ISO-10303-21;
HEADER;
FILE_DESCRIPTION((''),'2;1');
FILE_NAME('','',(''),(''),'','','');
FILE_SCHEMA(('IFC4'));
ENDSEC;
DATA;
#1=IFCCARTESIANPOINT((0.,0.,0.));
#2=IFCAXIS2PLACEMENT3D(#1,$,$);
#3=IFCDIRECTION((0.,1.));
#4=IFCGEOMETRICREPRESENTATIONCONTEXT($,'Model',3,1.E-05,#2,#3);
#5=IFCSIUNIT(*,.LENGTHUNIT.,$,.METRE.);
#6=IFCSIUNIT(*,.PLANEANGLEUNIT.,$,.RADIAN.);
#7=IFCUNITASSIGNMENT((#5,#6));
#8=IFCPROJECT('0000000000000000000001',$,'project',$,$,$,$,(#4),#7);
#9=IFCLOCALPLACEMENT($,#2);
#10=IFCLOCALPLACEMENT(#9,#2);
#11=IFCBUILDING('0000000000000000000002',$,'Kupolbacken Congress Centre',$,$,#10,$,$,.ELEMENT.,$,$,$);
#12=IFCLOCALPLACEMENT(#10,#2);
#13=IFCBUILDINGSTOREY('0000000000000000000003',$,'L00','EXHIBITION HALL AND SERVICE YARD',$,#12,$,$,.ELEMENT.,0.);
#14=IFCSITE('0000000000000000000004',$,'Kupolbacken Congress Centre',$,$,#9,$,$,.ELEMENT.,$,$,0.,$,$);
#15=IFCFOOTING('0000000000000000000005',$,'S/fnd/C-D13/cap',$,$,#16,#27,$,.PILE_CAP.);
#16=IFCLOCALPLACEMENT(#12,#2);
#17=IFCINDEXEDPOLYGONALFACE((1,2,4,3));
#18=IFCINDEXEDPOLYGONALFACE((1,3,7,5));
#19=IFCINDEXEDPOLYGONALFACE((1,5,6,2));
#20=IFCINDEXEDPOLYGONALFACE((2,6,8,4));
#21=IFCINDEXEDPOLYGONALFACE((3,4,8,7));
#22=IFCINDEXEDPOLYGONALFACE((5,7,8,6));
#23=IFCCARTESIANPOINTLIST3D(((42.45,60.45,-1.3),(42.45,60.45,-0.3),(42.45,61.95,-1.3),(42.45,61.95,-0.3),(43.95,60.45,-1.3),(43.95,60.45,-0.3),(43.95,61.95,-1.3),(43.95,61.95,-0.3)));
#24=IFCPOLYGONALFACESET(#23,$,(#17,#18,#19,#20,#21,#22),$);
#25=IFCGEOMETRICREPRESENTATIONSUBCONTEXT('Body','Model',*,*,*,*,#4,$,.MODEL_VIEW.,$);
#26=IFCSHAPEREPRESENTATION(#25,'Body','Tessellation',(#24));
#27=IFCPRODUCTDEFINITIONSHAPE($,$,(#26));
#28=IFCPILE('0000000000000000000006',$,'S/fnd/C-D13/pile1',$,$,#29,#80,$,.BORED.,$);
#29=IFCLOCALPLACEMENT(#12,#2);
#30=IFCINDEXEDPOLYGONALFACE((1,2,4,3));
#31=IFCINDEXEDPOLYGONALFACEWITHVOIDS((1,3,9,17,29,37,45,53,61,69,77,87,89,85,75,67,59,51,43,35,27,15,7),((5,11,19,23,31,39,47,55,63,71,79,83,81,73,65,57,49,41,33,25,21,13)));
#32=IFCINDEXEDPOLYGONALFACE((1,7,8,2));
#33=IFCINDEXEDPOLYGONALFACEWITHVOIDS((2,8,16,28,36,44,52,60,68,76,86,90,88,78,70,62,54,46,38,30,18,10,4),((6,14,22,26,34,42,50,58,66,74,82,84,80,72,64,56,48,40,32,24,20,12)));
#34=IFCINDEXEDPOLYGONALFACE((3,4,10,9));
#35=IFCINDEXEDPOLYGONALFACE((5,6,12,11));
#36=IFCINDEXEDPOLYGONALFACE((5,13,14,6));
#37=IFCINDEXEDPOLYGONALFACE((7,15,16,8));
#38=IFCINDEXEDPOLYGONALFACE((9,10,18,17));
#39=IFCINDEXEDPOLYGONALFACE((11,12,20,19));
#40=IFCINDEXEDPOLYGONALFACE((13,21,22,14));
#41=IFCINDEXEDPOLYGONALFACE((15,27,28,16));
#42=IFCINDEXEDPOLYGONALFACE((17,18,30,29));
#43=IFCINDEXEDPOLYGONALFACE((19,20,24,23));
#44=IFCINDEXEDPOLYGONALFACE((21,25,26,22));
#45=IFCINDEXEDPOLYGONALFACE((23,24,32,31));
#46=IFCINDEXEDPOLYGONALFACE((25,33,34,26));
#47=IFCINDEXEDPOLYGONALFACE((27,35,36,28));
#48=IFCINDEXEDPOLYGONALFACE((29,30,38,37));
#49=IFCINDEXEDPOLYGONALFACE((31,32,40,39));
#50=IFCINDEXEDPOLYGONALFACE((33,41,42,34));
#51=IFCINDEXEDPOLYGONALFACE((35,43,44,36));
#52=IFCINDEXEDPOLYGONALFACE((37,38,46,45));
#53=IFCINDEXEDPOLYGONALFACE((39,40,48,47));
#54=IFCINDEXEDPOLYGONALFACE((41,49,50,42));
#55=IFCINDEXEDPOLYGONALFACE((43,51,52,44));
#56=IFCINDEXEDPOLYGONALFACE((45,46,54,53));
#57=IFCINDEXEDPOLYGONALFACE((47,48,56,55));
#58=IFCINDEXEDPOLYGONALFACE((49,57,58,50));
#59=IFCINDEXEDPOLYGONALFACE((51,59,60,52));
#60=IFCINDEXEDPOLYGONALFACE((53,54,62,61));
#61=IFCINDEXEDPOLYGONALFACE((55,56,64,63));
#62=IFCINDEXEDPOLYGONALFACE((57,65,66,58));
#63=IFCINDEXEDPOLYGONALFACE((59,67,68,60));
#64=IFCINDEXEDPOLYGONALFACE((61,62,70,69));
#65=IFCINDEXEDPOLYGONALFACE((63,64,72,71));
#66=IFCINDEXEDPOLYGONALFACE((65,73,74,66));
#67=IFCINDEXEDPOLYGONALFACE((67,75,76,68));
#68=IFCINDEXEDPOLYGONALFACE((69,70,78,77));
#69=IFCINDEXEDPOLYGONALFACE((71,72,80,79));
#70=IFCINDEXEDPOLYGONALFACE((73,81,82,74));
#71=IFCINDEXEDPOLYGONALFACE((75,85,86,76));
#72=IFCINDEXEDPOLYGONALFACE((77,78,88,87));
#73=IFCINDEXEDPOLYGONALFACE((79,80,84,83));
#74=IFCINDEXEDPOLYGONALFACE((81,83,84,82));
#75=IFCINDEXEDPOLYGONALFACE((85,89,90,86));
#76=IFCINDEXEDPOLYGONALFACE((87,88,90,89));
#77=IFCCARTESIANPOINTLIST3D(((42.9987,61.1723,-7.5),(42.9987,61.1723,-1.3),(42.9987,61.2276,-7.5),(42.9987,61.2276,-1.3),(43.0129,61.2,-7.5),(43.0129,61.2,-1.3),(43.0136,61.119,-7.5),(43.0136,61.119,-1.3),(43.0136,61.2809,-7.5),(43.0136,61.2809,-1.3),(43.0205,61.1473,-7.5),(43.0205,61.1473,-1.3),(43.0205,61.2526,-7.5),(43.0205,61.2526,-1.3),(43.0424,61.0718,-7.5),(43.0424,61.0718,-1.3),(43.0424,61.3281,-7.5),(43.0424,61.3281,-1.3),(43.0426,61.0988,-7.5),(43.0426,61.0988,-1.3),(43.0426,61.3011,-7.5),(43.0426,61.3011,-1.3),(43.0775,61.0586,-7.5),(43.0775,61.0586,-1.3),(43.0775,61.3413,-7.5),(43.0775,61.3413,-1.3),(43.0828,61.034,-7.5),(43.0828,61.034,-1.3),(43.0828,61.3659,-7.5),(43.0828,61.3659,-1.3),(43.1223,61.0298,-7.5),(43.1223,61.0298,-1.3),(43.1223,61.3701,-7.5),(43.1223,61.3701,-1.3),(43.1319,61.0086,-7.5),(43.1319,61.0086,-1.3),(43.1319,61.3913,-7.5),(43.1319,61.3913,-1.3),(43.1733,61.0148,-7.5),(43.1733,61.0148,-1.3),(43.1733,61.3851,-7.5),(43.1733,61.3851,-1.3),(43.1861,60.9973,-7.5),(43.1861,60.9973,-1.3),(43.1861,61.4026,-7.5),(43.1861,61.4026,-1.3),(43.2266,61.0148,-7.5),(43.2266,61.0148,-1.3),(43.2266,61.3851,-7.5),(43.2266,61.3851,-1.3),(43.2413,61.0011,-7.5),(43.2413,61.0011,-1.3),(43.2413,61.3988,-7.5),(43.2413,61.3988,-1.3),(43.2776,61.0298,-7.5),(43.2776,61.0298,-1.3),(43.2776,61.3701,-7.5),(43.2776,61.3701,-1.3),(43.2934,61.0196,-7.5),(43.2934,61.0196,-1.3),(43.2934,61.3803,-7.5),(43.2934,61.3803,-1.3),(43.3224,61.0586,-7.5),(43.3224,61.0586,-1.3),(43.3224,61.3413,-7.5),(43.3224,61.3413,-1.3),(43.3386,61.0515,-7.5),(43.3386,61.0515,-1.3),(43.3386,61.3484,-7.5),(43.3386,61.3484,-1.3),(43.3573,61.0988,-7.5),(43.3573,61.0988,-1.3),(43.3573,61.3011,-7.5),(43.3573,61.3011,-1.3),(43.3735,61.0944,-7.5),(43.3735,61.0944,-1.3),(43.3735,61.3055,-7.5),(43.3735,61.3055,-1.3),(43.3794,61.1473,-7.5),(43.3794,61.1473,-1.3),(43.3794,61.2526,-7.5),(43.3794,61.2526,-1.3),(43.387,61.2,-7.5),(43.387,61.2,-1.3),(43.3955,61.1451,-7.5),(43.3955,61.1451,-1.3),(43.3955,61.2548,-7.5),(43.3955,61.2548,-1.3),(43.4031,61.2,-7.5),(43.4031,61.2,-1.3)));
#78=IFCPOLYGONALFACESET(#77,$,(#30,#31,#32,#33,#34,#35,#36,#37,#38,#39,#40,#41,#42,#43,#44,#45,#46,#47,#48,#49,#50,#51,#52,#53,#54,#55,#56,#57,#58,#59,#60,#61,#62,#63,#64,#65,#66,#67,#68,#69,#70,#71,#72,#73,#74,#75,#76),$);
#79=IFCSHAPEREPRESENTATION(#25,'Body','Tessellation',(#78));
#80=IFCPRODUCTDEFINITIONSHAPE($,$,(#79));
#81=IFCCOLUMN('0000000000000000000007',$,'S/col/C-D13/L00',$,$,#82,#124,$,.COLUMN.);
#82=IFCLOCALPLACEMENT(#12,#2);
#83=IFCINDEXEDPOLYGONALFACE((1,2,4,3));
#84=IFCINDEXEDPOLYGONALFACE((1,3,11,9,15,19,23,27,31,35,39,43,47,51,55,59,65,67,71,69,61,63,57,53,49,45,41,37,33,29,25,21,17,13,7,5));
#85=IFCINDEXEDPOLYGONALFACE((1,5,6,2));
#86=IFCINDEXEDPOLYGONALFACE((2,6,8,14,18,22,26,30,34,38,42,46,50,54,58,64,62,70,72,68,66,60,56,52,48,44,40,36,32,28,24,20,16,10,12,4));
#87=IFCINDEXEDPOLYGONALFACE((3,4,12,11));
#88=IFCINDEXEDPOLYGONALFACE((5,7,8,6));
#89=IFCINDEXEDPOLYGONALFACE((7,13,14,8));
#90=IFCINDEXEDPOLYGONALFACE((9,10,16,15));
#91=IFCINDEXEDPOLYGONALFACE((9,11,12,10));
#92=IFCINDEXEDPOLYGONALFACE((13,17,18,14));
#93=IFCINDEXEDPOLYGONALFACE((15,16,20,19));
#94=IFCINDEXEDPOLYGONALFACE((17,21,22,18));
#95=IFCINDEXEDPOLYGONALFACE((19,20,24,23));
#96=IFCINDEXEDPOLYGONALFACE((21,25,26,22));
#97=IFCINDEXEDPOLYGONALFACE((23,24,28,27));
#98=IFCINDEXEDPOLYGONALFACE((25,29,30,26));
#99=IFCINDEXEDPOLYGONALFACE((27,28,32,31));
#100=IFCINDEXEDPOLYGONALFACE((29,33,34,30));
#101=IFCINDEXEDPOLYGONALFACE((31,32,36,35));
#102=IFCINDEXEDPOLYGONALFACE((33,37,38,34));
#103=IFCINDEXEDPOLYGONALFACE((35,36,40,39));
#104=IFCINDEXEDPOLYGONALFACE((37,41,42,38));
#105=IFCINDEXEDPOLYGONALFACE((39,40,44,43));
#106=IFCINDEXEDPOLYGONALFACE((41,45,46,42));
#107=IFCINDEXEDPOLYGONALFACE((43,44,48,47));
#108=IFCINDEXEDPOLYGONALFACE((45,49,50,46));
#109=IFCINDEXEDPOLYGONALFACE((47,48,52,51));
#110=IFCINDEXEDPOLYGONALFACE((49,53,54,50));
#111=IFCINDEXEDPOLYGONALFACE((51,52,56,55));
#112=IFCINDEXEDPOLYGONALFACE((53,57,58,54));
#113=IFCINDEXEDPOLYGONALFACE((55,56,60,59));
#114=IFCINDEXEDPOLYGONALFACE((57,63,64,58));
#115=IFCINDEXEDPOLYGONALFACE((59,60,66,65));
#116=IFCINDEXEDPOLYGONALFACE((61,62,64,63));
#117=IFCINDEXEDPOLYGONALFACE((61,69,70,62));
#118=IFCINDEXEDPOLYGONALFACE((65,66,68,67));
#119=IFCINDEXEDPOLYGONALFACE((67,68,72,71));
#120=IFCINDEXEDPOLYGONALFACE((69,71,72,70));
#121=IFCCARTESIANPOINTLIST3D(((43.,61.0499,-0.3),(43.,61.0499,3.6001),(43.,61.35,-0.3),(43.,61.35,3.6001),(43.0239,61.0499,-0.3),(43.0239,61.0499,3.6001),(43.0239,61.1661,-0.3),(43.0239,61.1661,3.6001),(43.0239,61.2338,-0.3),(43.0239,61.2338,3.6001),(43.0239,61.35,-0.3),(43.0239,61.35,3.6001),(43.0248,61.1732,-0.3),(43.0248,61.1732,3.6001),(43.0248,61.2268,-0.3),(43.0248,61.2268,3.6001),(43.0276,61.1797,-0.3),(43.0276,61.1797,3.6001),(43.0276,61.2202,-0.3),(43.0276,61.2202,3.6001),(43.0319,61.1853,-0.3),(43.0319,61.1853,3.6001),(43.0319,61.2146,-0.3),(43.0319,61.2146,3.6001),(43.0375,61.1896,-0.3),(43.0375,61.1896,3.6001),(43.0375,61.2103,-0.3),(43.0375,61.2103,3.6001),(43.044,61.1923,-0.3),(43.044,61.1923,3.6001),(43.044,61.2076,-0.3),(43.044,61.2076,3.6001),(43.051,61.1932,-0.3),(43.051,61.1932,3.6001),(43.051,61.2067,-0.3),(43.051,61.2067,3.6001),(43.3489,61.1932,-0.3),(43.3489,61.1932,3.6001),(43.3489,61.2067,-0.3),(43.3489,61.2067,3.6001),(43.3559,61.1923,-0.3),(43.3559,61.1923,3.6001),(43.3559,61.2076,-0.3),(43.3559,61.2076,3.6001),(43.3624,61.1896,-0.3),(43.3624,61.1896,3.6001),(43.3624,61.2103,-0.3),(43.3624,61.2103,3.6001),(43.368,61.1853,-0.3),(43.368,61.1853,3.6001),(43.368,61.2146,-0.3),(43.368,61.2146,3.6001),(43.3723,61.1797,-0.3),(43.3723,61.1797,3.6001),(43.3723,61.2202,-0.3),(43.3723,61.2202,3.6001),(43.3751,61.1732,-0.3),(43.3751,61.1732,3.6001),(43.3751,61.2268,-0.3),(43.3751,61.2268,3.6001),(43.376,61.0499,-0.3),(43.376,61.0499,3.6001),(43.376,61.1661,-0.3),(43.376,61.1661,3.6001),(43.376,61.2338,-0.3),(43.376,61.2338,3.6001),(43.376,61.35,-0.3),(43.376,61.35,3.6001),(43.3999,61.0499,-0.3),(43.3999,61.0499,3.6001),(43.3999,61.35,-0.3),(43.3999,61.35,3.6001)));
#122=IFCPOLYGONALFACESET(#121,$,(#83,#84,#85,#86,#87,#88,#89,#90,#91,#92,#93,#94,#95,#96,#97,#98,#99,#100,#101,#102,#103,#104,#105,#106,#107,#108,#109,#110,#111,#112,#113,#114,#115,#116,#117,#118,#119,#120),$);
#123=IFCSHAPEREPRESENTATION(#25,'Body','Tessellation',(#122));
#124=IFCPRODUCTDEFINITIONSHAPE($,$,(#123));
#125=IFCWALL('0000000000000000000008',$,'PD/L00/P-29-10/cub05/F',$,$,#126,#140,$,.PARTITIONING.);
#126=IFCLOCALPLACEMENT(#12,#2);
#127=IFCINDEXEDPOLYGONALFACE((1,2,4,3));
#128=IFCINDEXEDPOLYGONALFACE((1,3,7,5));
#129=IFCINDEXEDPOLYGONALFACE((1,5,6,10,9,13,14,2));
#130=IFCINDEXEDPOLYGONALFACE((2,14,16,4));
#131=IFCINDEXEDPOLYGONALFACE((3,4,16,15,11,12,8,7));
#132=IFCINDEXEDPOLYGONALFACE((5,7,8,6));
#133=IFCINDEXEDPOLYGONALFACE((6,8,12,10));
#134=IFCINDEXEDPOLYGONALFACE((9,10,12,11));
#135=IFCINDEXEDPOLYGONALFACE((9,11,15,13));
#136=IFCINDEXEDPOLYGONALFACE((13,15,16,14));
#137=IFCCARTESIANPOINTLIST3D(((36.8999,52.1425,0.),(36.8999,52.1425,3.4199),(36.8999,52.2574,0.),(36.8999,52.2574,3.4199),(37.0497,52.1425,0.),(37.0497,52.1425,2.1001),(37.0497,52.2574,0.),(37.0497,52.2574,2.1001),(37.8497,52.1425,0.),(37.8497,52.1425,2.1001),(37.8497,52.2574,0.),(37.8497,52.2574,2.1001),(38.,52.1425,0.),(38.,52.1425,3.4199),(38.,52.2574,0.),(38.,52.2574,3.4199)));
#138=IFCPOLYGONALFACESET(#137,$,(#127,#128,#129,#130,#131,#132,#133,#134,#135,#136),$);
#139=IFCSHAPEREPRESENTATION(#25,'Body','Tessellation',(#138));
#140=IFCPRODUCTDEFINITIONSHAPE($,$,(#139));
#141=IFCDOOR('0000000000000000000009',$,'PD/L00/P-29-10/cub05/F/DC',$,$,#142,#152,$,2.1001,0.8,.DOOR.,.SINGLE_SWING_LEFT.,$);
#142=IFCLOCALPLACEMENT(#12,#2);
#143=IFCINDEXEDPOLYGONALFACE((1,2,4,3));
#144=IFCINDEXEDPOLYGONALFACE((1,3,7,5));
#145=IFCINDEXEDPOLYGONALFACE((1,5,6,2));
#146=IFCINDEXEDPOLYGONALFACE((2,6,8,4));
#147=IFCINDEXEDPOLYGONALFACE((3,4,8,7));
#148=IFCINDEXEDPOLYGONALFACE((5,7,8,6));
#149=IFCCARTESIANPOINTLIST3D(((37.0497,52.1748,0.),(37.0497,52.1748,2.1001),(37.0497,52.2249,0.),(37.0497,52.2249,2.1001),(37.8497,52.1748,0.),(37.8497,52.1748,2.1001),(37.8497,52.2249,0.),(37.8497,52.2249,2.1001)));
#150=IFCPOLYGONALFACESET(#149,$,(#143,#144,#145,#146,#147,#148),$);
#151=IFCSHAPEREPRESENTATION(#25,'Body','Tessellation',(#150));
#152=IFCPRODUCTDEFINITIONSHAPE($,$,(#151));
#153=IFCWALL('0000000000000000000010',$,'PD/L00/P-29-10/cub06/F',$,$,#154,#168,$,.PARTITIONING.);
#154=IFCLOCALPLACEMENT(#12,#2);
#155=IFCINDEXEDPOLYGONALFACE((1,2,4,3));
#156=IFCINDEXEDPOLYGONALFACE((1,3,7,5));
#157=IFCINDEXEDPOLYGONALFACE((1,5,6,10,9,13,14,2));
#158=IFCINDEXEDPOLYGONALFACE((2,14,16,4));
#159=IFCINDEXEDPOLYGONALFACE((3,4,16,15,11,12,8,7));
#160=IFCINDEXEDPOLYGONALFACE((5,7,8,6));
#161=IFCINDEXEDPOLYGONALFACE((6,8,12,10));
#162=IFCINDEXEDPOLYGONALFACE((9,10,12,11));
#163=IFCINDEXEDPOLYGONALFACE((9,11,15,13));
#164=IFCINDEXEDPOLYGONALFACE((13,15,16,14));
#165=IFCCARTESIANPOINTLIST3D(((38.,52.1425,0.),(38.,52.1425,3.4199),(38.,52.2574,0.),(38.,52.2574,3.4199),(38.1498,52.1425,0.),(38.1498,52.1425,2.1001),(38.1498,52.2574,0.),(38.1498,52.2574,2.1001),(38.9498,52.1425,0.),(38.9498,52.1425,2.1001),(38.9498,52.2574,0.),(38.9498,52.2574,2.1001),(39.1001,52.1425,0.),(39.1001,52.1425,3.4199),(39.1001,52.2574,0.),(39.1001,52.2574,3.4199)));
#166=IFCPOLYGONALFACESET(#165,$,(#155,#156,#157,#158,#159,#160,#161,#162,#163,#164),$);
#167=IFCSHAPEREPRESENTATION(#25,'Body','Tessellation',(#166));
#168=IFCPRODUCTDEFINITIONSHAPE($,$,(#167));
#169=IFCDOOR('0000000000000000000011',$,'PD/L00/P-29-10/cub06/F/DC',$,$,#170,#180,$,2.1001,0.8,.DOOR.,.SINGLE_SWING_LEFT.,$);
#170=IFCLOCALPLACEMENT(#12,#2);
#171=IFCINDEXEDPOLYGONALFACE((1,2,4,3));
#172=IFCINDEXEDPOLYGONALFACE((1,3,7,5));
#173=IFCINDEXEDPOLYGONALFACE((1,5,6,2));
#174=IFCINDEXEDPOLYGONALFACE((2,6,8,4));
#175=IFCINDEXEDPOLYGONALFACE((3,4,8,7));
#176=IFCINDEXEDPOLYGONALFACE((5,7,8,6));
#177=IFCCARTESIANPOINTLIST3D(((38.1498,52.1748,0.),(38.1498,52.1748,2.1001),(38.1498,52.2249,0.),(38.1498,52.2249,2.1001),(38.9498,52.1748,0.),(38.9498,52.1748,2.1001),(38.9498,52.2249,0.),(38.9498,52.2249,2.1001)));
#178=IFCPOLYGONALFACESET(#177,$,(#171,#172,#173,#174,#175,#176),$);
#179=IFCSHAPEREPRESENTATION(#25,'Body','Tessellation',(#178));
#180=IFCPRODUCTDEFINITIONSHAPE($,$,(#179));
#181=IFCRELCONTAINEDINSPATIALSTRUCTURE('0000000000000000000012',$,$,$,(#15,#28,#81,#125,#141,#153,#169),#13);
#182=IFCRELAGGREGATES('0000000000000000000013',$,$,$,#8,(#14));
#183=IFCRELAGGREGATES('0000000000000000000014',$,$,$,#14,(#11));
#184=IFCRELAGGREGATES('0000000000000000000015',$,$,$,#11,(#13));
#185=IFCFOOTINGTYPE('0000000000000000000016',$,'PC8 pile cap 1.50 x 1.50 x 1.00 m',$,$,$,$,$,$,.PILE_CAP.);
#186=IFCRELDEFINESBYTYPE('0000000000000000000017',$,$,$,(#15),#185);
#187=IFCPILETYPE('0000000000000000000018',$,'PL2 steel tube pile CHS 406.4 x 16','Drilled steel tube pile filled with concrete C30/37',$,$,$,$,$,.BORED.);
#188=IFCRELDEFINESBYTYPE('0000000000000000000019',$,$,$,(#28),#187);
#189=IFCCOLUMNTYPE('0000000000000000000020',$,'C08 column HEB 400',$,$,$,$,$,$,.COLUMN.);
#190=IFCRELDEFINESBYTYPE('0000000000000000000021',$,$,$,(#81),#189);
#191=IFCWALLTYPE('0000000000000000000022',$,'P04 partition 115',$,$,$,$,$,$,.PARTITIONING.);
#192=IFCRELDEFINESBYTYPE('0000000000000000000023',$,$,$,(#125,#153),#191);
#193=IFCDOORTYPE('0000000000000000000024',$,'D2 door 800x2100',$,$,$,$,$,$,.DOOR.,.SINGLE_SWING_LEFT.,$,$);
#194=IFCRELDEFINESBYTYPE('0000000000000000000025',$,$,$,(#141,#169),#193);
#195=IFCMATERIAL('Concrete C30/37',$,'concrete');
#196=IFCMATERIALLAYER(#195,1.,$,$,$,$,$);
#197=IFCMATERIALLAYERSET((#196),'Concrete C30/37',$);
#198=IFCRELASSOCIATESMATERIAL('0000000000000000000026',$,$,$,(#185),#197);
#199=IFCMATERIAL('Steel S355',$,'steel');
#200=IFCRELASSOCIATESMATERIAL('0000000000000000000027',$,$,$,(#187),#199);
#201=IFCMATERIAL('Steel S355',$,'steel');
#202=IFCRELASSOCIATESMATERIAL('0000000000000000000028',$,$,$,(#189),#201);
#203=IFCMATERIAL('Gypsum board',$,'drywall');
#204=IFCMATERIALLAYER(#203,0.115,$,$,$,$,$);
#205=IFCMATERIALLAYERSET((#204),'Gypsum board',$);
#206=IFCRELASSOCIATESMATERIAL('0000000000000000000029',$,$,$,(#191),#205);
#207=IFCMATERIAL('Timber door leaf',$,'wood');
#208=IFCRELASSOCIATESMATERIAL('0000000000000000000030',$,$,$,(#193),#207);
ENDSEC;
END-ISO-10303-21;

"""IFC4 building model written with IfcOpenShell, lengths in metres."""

from ifc_helpers import new_model, si_unit, direction, frame, frame_2d, origin, origin_2d, place, context, subcontext, project, spatial, rectangle, hollow_circle, i_section, extrude, material, layer, layer_set, material_profile, profile_set, type_object, element, fill, save


model = new_model("IFC4")

# Units and contexts
model_context = context("Model", 3, precision=1e-05, world=origin(), true_north=direction((0.0, 1.0)))
body_context = subcontext(model_context, "Body", "Model", "MODEL_VIEW")
ifc_project = project(units=[si_unit("LENGTHUNIT", "METRE"), si_unit("PLANEANGLEUNIT", "RADIAN")], contexts=[model_context])

# Site, building, storey
site_placement = place(None, origin())
site = spatial("IfcSite", under=ifc_project, at=site_placement, Name="Kupolbacken Congress Centre", CompositionType="ELEMENT", RefElevation=0.0)
building_placement = place(site_placement, origin())
building = spatial("IfcBuilding", under=site, at=building_placement, Name="Kupolbacken Congress Centre", CompositionType="ELEMENT")
storey_placement = place(building_placement, origin())
storey = spatial("IfcBuildingStorey", under=building, at=storey_placement, Name="L00", Description="EXHIBITION HALL AND SERVICE YARD", CompositionType="ELEMENT", Elevation=0.0)

# Footing
ifc_material_1 = material(Name="Concrete C30/37", Category="concrete")
ifc_layer_1 = layer(ifc_material_1, 1.0)
ifc_layer_set_1 = layer_set([ifc_layer_1], Name="Concrete C30/37")
footing_type = type_object("IfcFootingType", Name="PC8 pile cap 1.50 x 1.50 x 1.00 m", PredefinedType="PILE_CAP", material=ifc_layer_set_1)
footing_placement = place(storey_placement, frame((43.2, 61.2, -1.3), z_axis=(0.0, 0.0, 1.0), x_axis=(1.0, 0.0, 0.0)))
element("IfcFooting", 1, at=footing_placement, inside=storey, type_object=footing_type, Name="S/fnd/C-D13/cap", PredefinedType="PILE_CAP", context=body_context, shape_type="SweptSolid", body=[
    extrude(rectangle(XDim=1.5, YDim=1.5, at=origin_2d()), origin(), (0.0, 0.0, 1.0), 1.0),
])

# Pile
ifc_material_2 = material(Name="Steel S355", Category="steel")
ifc_material_profile_1 = material_profile(ifc_material_2, hollow_circle(Radius=0.2031, WallThickness=0.0161, at=origin_2d()), Name="CHS 406.4 x 16")
ifc_profile_set_1 = profile_set([ifc_material_profile_1], Name="Steel S355")
pile_type = type_object("IfcPileType", Name="PL2 steel tube pile CHS 406.4 x 16", Description="Drilled steel tube pile filled with concrete C30/37", PredefinedType="BORED", material=ifc_profile_set_1)
pile_placement = place(storey_placement, frame((43.2, 61.2, -1.3), z_axis=(0.0, 0.0, -1.0), x_axis=(1.0, 0.0, 0.0)))
element("IfcPile", 2, at=pile_placement, inside=storey, type_object=pile_type, Name="S/fnd/C-D13/pile1", PredefinedType="BORED", context=body_context, shape_type="SweptSolid", body=[
    extrude(hollow_circle(Radius=0.2031, WallThickness=0.0161, at=origin_2d()), origin(), (0.0, 0.0, 1.0), 6.2),
])

# Column
ifc_material_3 = material(Name="Steel S355", Category="steel")
ifc_material_profile_2 = material_profile(ifc_material_3, i_section(OverallWidth=0.3, OverallDepth=0.3999, WebThickness=0.0134, FlangeThickness=0.0239, FilletRadius=0.0271, at=origin_2d()), Name="HEB 400")
ifc_profile_set_2 = profile_set([ifc_material_profile_2], Name="Steel S355")
column_type = type_object("IfcColumnType", Name="C08 column HEB 400", PredefinedType="COLUMN", material=ifc_profile_set_2)
column_placement = place(storey_placement, frame((43.2, 61.2, -0.3), z_axis=(0.0, 0.0, 1.0), x_axis=(0.0, -1.0, 0.0)))
element("IfcColumn", 3, at=column_placement, inside=storey, type_object=column_type, Name="S/col/C-D13/L00", PredefinedType="COLUMN", context=body_context, shape_type="SweptSolid", body=[
    extrude(i_section(OverallWidth=0.3, OverallDepth=0.3999, WebThickness=0.0134, FlangeThickness=0.0239, FilletRadius=0.0271, at=origin_2d()), origin(), (0.0, 0.0, 1.0), 3.9001),
])

# Walls, openings, doors
ifc_material_4 = material(Name="Gypsum board", Category="drywall")
ifc_layer_2 = layer(ifc_material_4, 0.115)
ifc_layer_set_2 = layer_set([ifc_layer_2], Name="Gypsum board")
wall_type_1 = type_object("IfcWallType", Name="P04 partition 115", PredefinedType="PARTITIONING", material=ifc_layer_set_2)
wall_1_placement = place(storey_placement, frame((36.8999, 52.2, 0.0), z_axis=(0.0, 0.0, 1.0), x_axis=(1.0, 0.0, 0.0)))
wall_1 = element("IfcWall", 4, at=wall_1_placement, inside=storey, type_object=wall_type_1, Name="PD/L00/P-29-10/cub05/F", PredefinedType="PARTITIONING", context=body_context, shape_type="SweptSolid", body=[
    extrude(rectangle(XDim=1.1001, YDim=0.115, at=frame_2d((0.55, 0.0))), origin(), (0.0, 0.0, 1.0), 3.4199),
])
opening_1_placement = place(wall_1_placement, frame((0.1499, 0.0, 0.0)))
opening_1 = element("IfcOpeningElement", 5, at=opening_1_placement, cuts=wall_1, PredefinedType="OPENING", context=body_context, shape_type="SweptSolid", body=[
    extrude(rectangle(XDim=0.8, YDim=2.1001, at=frame_2d((0.3999, 1.05))), frame((0.0, 0.0674, 0.0), z_axis=(0.0, -1.0, 0.0), x_axis=(1.0, 0.0, 0.0)), (0.0, 0.0, 1.0), 0.135),
])
ifc_material_5 = material(Name="Timber door leaf", Category="wood")
door_type_1 = type_object("IfcDoorType", Name="D2 door 800x2100", OperationType="SINGLE_SWING_LEFT", PredefinedType="DOOR", material=ifc_material_5)
door_1_placement = place(opening_1_placement, origin())
door_1 = element("IfcDoor", 6, at=door_1_placement, inside=storey, type_object=door_type_1, Name="PD/L00/P-29-10/cub05/F/DC", OperationType="SINGLE_SWING_LEFT", OverallHeight=2.1001, OverallWidth=0.8, PredefinedType="DOOR", context=body_context, shape_type="SweptSolid", body=[
    extrude(rectangle(XDim=0.8, YDim=2.1001, at=frame_2d((0.3999, 1.05))), frame((0.0, 0.0249, 0.0), z_axis=(0.0, -1.0, 0.0), x_axis=(1.0, 0.0, 0.0)), (0.0, 0.0, 1.0), 0.05),
])
fill(opening_1, door_1)
wall_2_placement = place(storey_placement, frame((38.0, 52.2, 0.0), z_axis=(0.0, 0.0, 1.0), x_axis=(1.0, 0.0, 0.0)))
wall_2 = element("IfcWall", 7, at=wall_2_placement, inside=storey, type_object=wall_type_1, Name="PD/L00/P-29-10/cub06/F", PredefinedType="PARTITIONING", context=body_context, shape_type="SweptSolid", body=[
    extrude(rectangle(XDim=1.1001, YDim=0.115, at=frame_2d((0.55, 0.0))), origin(), (0.0, 0.0, 1.0), 3.4199),
])
opening_2_placement = place(wall_2_placement, frame((0.1499, 0.0, 0.0)))
opening_2 = element("IfcOpeningElement", 8, at=opening_2_placement, cuts=wall_2, PredefinedType="OPENING", context=body_context, shape_type="SweptSolid", body=[
    extrude(rectangle(XDim=0.8, YDim=2.1001, at=frame_2d((0.3999, 1.05))), frame((0.0, 0.0674, 0.0), z_axis=(0.0, -1.0, 0.0), x_axis=(1.0, 0.0, 0.0)), (0.0, 0.0, 1.0), 0.135),
])
door_2_placement = place(opening_2_placement, origin())
door_2 = element("IfcDoor", 9, at=door_2_placement, inside=storey, type_object=door_type_1, Name="PD/L00/P-29-10/cub06/F/DC", OperationType="SINGLE_SWING_LEFT", OverallHeight=2.1001, OverallWidth=0.8, PredefinedType="DOOR", context=body_context, shape_type="SweptSolid", body=[
    extrude(rectangle(XDim=0.8, YDim=2.1001, at=frame_2d((0.3999, 1.05))), frame((0.0, 0.0249, 0.0), z_axis=(0.0, -1.0, 0.0), x_axis=(1.0, 0.0, 0.0)), (0.0, 0.0, 1.0), 0.05),
])
fill(opening_2, door_2)

save(model, "model.ifc")
